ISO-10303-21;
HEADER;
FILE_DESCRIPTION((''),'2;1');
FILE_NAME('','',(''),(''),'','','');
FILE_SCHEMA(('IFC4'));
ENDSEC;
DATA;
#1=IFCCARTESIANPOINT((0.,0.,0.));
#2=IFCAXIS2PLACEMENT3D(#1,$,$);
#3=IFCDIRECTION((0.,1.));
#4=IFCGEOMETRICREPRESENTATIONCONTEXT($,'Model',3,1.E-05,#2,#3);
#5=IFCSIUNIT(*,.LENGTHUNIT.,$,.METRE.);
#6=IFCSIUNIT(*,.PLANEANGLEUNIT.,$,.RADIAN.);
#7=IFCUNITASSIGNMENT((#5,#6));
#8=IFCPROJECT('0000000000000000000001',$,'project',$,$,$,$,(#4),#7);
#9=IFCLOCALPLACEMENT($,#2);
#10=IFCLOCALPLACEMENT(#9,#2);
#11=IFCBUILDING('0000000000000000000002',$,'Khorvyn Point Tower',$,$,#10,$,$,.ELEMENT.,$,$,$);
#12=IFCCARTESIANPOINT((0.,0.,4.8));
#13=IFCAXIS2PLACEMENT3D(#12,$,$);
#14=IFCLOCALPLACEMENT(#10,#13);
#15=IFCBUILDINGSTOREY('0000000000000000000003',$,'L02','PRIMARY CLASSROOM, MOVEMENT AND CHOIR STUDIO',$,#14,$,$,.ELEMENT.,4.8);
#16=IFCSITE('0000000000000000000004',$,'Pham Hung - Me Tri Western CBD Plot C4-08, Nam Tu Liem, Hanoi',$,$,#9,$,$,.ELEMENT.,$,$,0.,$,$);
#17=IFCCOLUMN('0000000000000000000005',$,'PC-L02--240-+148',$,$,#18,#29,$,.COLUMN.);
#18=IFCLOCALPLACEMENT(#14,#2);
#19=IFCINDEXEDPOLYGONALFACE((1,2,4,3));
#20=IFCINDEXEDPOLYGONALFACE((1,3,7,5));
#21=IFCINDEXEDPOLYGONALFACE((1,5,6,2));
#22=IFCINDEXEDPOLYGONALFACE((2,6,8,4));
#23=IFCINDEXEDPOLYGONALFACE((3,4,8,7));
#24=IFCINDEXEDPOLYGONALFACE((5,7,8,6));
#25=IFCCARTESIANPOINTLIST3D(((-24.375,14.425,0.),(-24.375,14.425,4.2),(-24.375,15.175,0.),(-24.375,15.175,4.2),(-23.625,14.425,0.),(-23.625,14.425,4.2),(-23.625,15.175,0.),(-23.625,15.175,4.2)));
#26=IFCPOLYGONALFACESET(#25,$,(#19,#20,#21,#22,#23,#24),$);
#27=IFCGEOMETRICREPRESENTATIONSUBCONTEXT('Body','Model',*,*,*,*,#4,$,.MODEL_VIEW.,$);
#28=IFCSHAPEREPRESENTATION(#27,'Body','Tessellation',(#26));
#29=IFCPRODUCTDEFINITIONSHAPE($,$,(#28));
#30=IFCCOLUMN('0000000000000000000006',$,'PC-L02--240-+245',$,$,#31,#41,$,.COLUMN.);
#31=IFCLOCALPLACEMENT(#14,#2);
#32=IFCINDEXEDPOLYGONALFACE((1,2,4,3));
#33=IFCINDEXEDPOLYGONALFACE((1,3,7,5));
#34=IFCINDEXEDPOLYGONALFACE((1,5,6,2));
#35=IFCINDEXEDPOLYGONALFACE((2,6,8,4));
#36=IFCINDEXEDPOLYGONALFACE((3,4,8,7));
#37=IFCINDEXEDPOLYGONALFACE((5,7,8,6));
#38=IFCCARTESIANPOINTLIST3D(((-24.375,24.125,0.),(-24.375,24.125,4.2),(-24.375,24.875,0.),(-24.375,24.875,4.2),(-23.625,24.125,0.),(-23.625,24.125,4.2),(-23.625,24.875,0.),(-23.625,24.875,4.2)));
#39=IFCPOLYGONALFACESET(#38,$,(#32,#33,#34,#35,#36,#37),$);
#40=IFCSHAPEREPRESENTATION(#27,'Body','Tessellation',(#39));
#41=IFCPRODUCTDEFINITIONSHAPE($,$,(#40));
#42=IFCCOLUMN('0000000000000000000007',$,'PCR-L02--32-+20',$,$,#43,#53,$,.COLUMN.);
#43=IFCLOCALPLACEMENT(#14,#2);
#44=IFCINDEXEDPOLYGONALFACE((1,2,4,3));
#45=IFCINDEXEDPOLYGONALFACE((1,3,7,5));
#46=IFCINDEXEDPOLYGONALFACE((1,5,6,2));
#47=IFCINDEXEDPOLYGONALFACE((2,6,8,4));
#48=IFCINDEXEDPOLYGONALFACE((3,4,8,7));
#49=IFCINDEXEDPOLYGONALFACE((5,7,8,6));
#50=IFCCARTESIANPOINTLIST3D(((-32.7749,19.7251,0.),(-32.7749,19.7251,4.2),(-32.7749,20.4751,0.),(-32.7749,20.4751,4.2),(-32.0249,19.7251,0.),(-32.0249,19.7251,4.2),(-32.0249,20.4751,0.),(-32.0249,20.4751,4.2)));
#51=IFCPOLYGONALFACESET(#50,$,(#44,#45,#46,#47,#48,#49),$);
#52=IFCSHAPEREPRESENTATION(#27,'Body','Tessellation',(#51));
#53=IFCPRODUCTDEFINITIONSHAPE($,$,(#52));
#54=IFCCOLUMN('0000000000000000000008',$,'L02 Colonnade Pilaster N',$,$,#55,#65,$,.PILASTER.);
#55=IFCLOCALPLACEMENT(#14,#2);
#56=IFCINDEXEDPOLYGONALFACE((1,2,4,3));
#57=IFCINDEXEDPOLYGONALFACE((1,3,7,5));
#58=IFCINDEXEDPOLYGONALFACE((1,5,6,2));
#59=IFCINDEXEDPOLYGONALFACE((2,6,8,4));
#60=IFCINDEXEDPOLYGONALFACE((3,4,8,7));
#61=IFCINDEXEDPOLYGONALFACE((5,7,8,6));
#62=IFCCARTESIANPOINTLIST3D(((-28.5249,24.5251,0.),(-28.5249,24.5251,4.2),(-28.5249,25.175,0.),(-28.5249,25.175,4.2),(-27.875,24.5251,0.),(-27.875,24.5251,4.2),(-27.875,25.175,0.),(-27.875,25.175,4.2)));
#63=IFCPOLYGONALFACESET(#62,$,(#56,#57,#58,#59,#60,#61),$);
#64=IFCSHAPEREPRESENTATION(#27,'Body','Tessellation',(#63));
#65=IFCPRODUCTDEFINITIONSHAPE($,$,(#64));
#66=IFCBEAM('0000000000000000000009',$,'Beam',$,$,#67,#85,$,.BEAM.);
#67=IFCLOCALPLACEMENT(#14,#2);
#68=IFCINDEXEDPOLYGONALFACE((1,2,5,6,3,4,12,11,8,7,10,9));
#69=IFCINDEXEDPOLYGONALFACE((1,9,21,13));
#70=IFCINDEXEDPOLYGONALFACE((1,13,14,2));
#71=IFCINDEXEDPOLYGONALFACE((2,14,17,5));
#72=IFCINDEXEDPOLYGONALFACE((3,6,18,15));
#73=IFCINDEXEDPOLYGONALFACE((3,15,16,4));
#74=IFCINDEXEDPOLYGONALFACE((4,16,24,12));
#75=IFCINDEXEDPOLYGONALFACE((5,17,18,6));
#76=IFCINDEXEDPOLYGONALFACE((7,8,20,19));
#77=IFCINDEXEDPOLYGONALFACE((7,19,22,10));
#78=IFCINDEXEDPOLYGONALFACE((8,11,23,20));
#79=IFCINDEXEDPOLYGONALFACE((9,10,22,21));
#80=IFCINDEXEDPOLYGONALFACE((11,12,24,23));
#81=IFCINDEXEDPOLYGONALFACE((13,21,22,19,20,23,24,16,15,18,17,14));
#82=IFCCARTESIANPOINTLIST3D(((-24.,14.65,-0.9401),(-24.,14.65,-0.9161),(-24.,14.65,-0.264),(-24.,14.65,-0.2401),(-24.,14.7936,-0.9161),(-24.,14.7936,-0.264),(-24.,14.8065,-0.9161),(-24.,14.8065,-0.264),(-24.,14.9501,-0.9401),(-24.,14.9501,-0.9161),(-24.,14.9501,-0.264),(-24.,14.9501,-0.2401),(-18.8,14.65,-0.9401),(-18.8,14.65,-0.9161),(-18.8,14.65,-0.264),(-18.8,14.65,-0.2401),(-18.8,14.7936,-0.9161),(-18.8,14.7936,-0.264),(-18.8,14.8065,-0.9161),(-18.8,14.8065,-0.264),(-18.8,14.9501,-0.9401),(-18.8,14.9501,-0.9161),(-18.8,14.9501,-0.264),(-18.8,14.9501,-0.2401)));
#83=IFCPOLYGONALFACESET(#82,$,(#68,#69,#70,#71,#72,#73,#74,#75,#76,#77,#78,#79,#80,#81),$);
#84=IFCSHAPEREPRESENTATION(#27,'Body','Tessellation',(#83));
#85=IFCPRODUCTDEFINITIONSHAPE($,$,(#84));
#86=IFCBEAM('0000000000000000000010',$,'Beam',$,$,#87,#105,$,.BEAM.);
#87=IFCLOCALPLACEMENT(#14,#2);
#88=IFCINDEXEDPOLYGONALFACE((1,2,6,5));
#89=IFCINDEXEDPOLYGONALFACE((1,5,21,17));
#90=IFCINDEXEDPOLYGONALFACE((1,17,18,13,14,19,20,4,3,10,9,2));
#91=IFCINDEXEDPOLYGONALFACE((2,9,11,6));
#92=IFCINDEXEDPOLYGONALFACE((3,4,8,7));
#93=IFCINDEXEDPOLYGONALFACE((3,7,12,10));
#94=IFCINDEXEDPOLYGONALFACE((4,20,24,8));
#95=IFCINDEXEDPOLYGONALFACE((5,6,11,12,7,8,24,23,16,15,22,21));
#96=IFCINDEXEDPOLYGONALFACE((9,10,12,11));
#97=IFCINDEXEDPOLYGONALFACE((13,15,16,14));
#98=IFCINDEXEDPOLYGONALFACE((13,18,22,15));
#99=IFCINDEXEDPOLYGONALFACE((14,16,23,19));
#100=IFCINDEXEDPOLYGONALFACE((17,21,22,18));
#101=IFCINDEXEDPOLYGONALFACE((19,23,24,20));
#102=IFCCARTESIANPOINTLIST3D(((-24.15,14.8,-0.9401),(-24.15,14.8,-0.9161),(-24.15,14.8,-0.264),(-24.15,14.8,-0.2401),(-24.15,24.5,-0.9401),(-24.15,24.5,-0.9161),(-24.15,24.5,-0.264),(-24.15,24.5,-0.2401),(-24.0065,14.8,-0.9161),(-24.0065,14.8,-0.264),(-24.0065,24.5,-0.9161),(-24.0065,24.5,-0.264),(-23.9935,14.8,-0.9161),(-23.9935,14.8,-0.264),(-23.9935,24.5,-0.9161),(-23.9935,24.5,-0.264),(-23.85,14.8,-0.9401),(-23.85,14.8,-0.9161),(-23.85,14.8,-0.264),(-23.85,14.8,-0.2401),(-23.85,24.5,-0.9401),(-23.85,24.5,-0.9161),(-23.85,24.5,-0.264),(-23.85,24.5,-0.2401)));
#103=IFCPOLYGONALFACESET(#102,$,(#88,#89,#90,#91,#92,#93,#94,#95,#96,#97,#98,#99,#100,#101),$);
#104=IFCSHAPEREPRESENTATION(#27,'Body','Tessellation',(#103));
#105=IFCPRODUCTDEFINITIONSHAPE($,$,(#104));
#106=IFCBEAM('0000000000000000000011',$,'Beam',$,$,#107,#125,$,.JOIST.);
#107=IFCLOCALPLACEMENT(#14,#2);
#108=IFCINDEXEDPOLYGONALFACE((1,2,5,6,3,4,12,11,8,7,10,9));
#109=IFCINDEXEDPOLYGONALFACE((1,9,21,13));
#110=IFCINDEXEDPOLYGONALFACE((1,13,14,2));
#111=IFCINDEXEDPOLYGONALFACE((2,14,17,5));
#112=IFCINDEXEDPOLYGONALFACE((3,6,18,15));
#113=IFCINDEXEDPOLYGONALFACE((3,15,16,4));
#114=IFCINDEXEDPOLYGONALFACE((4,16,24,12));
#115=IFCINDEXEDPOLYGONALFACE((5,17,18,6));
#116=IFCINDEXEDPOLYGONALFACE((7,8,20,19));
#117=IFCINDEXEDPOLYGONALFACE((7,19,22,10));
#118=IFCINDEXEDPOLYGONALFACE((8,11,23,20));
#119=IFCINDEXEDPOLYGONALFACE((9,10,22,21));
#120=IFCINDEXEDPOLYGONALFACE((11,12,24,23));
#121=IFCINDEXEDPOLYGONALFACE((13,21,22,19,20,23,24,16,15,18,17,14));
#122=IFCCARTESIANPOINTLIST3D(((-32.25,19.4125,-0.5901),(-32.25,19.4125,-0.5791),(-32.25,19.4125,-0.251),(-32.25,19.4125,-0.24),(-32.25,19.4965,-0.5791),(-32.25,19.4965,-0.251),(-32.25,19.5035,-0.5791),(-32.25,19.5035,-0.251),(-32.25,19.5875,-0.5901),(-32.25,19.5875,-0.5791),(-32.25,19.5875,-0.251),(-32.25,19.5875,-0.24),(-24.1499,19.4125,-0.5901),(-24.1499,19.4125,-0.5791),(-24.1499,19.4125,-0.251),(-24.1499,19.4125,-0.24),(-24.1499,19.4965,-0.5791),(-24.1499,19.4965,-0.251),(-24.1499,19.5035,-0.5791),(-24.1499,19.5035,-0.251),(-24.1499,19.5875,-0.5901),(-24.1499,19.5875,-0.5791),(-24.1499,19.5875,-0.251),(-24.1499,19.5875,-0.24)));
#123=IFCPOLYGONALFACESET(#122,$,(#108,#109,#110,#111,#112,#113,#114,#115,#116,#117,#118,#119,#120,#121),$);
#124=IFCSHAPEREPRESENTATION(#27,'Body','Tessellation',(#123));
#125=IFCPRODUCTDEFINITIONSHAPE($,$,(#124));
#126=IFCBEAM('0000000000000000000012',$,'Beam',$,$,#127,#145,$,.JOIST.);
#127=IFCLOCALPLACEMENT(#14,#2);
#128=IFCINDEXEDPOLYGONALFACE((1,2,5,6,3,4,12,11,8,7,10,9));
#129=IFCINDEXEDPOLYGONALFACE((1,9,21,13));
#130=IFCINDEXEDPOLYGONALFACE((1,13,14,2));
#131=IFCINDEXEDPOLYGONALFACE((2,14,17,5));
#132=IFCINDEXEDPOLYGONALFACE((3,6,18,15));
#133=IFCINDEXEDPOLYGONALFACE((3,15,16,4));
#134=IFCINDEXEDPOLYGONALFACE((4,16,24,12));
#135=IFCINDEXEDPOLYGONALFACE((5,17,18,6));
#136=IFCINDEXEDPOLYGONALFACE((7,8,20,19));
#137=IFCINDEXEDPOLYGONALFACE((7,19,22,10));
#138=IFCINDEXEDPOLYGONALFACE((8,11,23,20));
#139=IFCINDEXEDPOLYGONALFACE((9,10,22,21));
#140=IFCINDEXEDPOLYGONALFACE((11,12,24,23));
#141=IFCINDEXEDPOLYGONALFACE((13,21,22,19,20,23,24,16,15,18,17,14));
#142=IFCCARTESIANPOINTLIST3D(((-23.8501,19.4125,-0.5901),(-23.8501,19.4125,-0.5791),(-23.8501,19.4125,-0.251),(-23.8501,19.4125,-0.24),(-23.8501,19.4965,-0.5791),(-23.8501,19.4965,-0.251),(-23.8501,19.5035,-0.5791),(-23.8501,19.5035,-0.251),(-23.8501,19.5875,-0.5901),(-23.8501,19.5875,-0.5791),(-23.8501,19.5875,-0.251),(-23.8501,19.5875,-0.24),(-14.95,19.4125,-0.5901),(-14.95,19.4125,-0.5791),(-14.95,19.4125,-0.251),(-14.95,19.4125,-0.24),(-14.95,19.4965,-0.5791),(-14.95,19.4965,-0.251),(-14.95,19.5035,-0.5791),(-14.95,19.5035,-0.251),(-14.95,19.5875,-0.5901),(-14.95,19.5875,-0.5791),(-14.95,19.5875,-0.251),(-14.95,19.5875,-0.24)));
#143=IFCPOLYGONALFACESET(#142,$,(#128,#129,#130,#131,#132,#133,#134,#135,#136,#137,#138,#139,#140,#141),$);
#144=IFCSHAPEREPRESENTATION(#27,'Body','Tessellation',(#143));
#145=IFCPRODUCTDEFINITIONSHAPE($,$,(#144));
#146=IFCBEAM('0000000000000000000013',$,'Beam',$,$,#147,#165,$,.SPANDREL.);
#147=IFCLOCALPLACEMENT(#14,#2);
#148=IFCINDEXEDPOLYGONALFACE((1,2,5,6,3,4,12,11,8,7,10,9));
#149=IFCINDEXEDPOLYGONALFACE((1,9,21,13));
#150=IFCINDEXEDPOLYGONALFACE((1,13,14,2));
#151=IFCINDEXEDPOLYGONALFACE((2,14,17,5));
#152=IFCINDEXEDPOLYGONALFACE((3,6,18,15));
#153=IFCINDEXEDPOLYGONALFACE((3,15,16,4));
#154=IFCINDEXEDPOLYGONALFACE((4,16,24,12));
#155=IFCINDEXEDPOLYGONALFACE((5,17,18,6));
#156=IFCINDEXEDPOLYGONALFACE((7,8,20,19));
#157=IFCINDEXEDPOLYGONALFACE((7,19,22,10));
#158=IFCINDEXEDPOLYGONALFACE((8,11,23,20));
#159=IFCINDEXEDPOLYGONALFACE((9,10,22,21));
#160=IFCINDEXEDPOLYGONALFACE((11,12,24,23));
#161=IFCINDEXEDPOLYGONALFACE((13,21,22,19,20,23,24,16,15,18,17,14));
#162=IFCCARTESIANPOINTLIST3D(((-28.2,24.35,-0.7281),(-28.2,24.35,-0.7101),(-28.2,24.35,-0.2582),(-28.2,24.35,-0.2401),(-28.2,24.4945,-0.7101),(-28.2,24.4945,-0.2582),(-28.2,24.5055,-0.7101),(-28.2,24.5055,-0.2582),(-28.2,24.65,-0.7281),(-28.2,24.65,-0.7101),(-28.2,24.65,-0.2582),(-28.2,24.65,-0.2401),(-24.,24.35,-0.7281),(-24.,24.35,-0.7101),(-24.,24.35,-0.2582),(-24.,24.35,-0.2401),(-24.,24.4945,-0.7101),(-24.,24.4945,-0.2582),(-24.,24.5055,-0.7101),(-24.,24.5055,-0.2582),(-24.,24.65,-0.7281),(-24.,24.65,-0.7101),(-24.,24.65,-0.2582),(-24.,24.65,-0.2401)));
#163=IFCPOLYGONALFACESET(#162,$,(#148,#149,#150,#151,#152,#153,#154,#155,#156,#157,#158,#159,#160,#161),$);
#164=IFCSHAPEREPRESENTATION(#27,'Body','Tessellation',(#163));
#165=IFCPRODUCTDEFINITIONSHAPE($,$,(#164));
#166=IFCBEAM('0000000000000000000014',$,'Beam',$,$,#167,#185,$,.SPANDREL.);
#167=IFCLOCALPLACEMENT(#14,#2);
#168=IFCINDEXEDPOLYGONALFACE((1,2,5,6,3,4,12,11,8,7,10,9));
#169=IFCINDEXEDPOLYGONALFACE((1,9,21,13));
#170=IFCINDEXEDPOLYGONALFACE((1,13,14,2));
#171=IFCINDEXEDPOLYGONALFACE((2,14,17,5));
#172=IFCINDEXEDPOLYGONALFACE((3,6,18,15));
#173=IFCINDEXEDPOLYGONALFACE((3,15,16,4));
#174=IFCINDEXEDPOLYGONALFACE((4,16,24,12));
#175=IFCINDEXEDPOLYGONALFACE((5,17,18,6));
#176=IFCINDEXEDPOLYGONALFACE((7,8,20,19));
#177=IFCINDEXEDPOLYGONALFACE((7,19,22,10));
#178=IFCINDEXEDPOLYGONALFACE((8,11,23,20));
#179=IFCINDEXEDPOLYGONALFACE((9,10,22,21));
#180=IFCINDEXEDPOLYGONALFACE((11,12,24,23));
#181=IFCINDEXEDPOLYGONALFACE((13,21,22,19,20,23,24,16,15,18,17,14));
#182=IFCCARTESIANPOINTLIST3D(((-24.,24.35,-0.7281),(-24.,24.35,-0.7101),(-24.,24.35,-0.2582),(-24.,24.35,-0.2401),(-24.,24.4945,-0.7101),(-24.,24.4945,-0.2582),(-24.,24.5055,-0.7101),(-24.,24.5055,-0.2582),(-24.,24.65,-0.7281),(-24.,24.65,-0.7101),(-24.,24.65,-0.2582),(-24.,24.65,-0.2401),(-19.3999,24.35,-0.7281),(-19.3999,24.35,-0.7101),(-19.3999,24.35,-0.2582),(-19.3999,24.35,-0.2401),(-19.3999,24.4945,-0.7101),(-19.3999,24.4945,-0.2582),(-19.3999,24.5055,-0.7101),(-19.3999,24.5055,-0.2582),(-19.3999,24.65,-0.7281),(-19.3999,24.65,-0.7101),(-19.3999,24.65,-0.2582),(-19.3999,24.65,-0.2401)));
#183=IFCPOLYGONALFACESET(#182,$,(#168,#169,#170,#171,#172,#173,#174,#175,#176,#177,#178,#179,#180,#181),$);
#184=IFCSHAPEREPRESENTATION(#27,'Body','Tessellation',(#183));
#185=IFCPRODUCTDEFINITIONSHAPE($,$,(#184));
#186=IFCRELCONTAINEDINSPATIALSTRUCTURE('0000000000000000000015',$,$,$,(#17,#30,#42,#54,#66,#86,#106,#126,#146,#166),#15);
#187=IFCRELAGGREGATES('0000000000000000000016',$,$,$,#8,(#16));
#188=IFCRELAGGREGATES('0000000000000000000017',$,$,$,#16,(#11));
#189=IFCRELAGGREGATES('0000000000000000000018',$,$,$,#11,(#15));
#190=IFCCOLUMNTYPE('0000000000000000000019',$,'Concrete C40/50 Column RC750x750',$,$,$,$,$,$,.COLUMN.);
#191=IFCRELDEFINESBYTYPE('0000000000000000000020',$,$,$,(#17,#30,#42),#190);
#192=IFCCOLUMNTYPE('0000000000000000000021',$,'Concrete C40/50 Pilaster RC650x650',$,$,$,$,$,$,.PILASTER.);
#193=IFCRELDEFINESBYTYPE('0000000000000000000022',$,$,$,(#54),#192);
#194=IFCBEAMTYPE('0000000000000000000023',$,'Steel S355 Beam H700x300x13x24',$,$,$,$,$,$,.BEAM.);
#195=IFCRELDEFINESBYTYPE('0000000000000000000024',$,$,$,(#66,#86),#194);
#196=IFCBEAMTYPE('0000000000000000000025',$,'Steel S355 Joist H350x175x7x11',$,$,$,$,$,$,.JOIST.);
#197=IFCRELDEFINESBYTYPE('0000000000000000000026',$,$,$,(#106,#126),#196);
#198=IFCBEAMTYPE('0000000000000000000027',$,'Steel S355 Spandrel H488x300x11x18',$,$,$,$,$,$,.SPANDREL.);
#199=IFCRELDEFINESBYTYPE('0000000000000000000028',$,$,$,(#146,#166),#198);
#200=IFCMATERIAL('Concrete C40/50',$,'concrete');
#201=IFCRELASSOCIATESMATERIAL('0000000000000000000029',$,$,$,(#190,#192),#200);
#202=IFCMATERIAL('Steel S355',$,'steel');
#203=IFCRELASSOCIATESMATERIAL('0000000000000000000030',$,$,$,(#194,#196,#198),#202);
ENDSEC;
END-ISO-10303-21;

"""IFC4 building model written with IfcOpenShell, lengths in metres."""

from ifc_helpers import new_model, si_unit, direction, frame, origin, origin_2d, place, context, subcontext, project, spatial, rectangle, i_section, extrude, material, material_profile, profile_set, type_object, element, save


model = new_model("IFC4")

# Units and contexts
model_context = context("Model", 3, precision=1e-05, world=origin(), true_north=direction((0.0, 1.0)))
body_context = subcontext(model_context, "Body", "Model", "MODEL_VIEW")
ifc_project = project(units=[si_unit("LENGTHUNIT", "METRE"), si_unit("PLANEANGLEUNIT", "RADIAN")], contexts=[model_context])

# Site, building, storey
site_placement = place(None, origin())
site = spatial("IfcSite", under=ifc_project, at=site_placement, Name="Pham Hung - Me Tri Western CBD Plot C4-08, Nam Tu Liem, Hanoi", CompositionType="ELEMENT", RefElevation=0.0)
building_placement = place(site_placement, origin())
building = spatial("IfcBuilding", under=site, at=building_placement, Name="Khorvyn Point Tower", CompositionType="ELEMENT")
storey_placement = place(building_placement, frame((0.0, 0.0, 4.8)))
storey = spatial("IfcBuildingStorey", under=building, at=storey_placement, Name="L02", Description="PRIMARY CLASSROOM, MOVEMENT AND CHOIR STUDIO", CompositionType="ELEMENT", Elevation=4.8)

# Columns
ifc_material_1 = material(Name="Concrete C40/50", Category="concrete")
ifc_material_profile_1 = material_profile(ifc_material_1, rectangle(XDim=0.75, YDim=0.75, at=origin_2d()))
ifc_profile_set_1 = profile_set([ifc_material_profile_1], Name="Concrete C40/50 RC750x750")
column_type_1 = type_object("IfcColumnType", Name="Concrete C40/50 Column RC750x750", PredefinedType="COLUMN", material=ifc_profile_set_1)
for number, where, z_axis, x_axis, name in (
    (1, (-24.0, 14.8, 0.0), (0.0, 0.0, 1.0), (1.0, 0.0, 0.0), "PC-L02--240-+148"),
    (2, (-24.0, 24.5, 0.0), (0.0, 0.0, 1.0), (1.0, 0.0, 0.0), "PC-L02--240-+245"),
    (3, (-32.3999, 20.1001, 0.0), (0.0, 0.0, 1.0), (1.0, 0.0, 0.0), "PCR-L02--32-+20"),
):
    element("IfcColumn", number, at=place(storey_placement, frame(where, z_axis=z_axis, x_axis=x_axis)), inside=storey, type_object=column_type_1, Name=name, PredefinedType="COLUMN", context=body_context, shape_type="SweptSolid", body=[
        extrude(rectangle(XDim=0.75, YDim=0.75, at=origin_2d()), origin(), (0.0, 0.0, 1.0), 4.2),
    ])
ifc_material_profile_2 = material_profile(ifc_material_1, rectangle(XDim=0.6499, YDim=0.6499, at=origin_2d()))
ifc_profile_set_2 = profile_set([ifc_material_profile_2], Name="Concrete C40/50 RC650x650")
column_type_2 = type_object("IfcColumnType", Name="Concrete C40/50 Pilaster RC650x650", PredefinedType="PILASTER", material=ifc_profile_set_2)
column_placement = place(storey_placement, frame((-28.2, 24.8501, 0.0), z_axis=(0.0, 0.0, 1.0), x_axis=(1.0, 0.0, 0.0)))
element("IfcColumn", 4, at=column_placement, inside=storey, type_object=column_type_2, Name="L02 Colonnade Pilaster N", PredefinedType="PILASTER", context=body_context, shape_type="SweptSolid", body=[
    extrude(rectangle(XDim=0.6499, YDim=0.6499, at=origin_2d()), origin(), (0.0, 0.0, 1.0), 4.2),
])

# Beams
ifc_material_2 = material(Name="Steel S355", Category="steel")
ifc_material_profile_3 = material_profile(ifc_material_2, i_section(OverallWidth=0.3, OverallDepth=0.7, WebThickness=0.0129, FlangeThickness=0.0239, at=origin_2d()))
ifc_profile_set_3 = profile_set([ifc_material_profile_3], Name="Steel S355 H700x300x13x24")
beam_type_1 = type_object("IfcBeamType", Name="Steel S355 Beam H700x300x13x24", PredefinedType="BEAM", material=ifc_profile_set_3)
beam_1_placement = place(storey_placement, frame((-24.0, 14.8, -0.5901), z_axis=(1.0, 0.0, 0.0), x_axis=(0.0, 1.0, 0.0)))
element("IfcBeam", 5, at=beam_1_placement, inside=storey, type_object=beam_type_1, Name="Beam", PredefinedType="BEAM", context=body_context, shape_type="SweptSolid", body=[
    extrude(i_section(OverallWidth=0.3, OverallDepth=0.7, WebThickness=0.0129, FlangeThickness=0.0239, at=origin_2d()), origin(), (0.0, 0.0, 1.0), 5.2),
])
beam_2_placement = place(storey_placement, frame((-24.0, 14.8, -0.5901), z_axis=(0.0, 1.0, 0.0), x_axis=(-1.0, 0.0, 0.0)))
element("IfcBeam", 6, at=beam_2_placement, inside=storey, type_object=beam_type_1, Name="Beam", PredefinedType="BEAM", context=body_context, shape_type="SweptSolid", body=[
    extrude(i_section(OverallWidth=0.3, OverallDepth=0.7, WebThickness=0.0129, FlangeThickness=0.0239, at=origin_2d()), origin(), (0.0, 0.0, 1.0), 9.7),
])
ifc_material_profile_4 = material_profile(ifc_material_2, i_section(OverallWidth=0.175, OverallDepth=0.3501, WebThickness=0.0071, FlangeThickness=0.011, at=origin_2d()))
ifc_profile_set_4 = profile_set([ifc_material_profile_4], Name="Steel S355 H350x175x7x11")
beam_type_2 = type_object("IfcBeamType", Name="Steel S355 Joist H350x175x7x11", PredefinedType="JOIST", material=ifc_profile_set_4)
beam_3_placement = place(storey_placement, frame((-32.25, 19.5, -0.415), z_axis=(1.0, 0.0, 0.0), x_axis=(0.0, 1.0, 0.0)))
element("IfcBeam", 7, at=beam_3_placement, inside=storey, type_object=beam_type_2, Name="Beam", PredefinedType="JOIST", context=body_context, shape_type="SweptSolid", body=[
    extrude(i_section(OverallWidth=0.175, OverallDepth=0.3501, WebThickness=0.0071, FlangeThickness=0.011, at=origin_2d()), origin(), (0.0, 0.0, 1.0), 8.1001),
])
beam_4_placement = place(storey_placement, frame((-23.8501, 19.5, -0.415), z_axis=(1.0, 0.0, 0.0), x_axis=(0.0, 1.0, 0.0)))
element("IfcBeam", 8, at=beam_4_placement, inside=storey, type_object=beam_type_2, Name="Beam", PredefinedType="JOIST", context=body_context, shape_type="SweptSolid", body=[
    extrude(i_section(OverallWidth=0.175, OverallDepth=0.3501, WebThickness=0.0071, FlangeThickness=0.011, at=origin_2d()), origin(), (0.0, 0.0, 1.0), 8.9001),
])
ifc_material_profile_5 = material_profile(ifc_material_2, i_section(OverallWidth=0.3, OverallDepth=0.488, WebThickness=0.011, FlangeThickness=0.0181, at=origin_2d()))
ifc_profile_set_5 = profile_set([ifc_material_profile_5], Name="Steel S355 H488x300x11x18")
beam_type_3 = type_object("IfcBeamType", Name="Steel S355 Spandrel H488x300x11x18", PredefinedType="SPANDREL", material=ifc_profile_set_5)
beam_5_placement = place(storey_placement, frame((-28.2, 24.5, -0.4841), z_axis=(1.0, 0.0, 0.0), x_axis=(0.0, 1.0, 0.0)))
element("IfcBeam", 9, at=beam_5_placement, inside=storey, type_object=beam_type_3, Name="Beam", PredefinedType="SPANDREL", context=body_context, shape_type="SweptSolid", body=[
    extrude(i_section(OverallWidth=0.3, OverallDepth=0.488, WebThickness=0.011, FlangeThickness=0.0181, at=origin_2d()), origin(), (0.0, 0.0, 1.0), 4.2),
])
beam_6_placement = place(storey_placement, frame((-24.0, 24.5, -0.4841), z_axis=(1.0, 0.0, 0.0), x_axis=(0.0, 1.0, 0.0)))
element("IfcBeam", 10, at=beam_6_placement, inside=storey, type_object=beam_type_3, Name="Beam", PredefinedType="SPANDREL", context=body_context, shape_type="SweptSolid", body=[
    extrude(i_section(OverallWidth=0.3, OverallDepth=0.488, WebThickness=0.011, FlangeThickness=0.0181, at=origin_2d()), origin(), (0.0, 0.0, 1.0), 4.6001),
])

save(model, "model.ifc")
